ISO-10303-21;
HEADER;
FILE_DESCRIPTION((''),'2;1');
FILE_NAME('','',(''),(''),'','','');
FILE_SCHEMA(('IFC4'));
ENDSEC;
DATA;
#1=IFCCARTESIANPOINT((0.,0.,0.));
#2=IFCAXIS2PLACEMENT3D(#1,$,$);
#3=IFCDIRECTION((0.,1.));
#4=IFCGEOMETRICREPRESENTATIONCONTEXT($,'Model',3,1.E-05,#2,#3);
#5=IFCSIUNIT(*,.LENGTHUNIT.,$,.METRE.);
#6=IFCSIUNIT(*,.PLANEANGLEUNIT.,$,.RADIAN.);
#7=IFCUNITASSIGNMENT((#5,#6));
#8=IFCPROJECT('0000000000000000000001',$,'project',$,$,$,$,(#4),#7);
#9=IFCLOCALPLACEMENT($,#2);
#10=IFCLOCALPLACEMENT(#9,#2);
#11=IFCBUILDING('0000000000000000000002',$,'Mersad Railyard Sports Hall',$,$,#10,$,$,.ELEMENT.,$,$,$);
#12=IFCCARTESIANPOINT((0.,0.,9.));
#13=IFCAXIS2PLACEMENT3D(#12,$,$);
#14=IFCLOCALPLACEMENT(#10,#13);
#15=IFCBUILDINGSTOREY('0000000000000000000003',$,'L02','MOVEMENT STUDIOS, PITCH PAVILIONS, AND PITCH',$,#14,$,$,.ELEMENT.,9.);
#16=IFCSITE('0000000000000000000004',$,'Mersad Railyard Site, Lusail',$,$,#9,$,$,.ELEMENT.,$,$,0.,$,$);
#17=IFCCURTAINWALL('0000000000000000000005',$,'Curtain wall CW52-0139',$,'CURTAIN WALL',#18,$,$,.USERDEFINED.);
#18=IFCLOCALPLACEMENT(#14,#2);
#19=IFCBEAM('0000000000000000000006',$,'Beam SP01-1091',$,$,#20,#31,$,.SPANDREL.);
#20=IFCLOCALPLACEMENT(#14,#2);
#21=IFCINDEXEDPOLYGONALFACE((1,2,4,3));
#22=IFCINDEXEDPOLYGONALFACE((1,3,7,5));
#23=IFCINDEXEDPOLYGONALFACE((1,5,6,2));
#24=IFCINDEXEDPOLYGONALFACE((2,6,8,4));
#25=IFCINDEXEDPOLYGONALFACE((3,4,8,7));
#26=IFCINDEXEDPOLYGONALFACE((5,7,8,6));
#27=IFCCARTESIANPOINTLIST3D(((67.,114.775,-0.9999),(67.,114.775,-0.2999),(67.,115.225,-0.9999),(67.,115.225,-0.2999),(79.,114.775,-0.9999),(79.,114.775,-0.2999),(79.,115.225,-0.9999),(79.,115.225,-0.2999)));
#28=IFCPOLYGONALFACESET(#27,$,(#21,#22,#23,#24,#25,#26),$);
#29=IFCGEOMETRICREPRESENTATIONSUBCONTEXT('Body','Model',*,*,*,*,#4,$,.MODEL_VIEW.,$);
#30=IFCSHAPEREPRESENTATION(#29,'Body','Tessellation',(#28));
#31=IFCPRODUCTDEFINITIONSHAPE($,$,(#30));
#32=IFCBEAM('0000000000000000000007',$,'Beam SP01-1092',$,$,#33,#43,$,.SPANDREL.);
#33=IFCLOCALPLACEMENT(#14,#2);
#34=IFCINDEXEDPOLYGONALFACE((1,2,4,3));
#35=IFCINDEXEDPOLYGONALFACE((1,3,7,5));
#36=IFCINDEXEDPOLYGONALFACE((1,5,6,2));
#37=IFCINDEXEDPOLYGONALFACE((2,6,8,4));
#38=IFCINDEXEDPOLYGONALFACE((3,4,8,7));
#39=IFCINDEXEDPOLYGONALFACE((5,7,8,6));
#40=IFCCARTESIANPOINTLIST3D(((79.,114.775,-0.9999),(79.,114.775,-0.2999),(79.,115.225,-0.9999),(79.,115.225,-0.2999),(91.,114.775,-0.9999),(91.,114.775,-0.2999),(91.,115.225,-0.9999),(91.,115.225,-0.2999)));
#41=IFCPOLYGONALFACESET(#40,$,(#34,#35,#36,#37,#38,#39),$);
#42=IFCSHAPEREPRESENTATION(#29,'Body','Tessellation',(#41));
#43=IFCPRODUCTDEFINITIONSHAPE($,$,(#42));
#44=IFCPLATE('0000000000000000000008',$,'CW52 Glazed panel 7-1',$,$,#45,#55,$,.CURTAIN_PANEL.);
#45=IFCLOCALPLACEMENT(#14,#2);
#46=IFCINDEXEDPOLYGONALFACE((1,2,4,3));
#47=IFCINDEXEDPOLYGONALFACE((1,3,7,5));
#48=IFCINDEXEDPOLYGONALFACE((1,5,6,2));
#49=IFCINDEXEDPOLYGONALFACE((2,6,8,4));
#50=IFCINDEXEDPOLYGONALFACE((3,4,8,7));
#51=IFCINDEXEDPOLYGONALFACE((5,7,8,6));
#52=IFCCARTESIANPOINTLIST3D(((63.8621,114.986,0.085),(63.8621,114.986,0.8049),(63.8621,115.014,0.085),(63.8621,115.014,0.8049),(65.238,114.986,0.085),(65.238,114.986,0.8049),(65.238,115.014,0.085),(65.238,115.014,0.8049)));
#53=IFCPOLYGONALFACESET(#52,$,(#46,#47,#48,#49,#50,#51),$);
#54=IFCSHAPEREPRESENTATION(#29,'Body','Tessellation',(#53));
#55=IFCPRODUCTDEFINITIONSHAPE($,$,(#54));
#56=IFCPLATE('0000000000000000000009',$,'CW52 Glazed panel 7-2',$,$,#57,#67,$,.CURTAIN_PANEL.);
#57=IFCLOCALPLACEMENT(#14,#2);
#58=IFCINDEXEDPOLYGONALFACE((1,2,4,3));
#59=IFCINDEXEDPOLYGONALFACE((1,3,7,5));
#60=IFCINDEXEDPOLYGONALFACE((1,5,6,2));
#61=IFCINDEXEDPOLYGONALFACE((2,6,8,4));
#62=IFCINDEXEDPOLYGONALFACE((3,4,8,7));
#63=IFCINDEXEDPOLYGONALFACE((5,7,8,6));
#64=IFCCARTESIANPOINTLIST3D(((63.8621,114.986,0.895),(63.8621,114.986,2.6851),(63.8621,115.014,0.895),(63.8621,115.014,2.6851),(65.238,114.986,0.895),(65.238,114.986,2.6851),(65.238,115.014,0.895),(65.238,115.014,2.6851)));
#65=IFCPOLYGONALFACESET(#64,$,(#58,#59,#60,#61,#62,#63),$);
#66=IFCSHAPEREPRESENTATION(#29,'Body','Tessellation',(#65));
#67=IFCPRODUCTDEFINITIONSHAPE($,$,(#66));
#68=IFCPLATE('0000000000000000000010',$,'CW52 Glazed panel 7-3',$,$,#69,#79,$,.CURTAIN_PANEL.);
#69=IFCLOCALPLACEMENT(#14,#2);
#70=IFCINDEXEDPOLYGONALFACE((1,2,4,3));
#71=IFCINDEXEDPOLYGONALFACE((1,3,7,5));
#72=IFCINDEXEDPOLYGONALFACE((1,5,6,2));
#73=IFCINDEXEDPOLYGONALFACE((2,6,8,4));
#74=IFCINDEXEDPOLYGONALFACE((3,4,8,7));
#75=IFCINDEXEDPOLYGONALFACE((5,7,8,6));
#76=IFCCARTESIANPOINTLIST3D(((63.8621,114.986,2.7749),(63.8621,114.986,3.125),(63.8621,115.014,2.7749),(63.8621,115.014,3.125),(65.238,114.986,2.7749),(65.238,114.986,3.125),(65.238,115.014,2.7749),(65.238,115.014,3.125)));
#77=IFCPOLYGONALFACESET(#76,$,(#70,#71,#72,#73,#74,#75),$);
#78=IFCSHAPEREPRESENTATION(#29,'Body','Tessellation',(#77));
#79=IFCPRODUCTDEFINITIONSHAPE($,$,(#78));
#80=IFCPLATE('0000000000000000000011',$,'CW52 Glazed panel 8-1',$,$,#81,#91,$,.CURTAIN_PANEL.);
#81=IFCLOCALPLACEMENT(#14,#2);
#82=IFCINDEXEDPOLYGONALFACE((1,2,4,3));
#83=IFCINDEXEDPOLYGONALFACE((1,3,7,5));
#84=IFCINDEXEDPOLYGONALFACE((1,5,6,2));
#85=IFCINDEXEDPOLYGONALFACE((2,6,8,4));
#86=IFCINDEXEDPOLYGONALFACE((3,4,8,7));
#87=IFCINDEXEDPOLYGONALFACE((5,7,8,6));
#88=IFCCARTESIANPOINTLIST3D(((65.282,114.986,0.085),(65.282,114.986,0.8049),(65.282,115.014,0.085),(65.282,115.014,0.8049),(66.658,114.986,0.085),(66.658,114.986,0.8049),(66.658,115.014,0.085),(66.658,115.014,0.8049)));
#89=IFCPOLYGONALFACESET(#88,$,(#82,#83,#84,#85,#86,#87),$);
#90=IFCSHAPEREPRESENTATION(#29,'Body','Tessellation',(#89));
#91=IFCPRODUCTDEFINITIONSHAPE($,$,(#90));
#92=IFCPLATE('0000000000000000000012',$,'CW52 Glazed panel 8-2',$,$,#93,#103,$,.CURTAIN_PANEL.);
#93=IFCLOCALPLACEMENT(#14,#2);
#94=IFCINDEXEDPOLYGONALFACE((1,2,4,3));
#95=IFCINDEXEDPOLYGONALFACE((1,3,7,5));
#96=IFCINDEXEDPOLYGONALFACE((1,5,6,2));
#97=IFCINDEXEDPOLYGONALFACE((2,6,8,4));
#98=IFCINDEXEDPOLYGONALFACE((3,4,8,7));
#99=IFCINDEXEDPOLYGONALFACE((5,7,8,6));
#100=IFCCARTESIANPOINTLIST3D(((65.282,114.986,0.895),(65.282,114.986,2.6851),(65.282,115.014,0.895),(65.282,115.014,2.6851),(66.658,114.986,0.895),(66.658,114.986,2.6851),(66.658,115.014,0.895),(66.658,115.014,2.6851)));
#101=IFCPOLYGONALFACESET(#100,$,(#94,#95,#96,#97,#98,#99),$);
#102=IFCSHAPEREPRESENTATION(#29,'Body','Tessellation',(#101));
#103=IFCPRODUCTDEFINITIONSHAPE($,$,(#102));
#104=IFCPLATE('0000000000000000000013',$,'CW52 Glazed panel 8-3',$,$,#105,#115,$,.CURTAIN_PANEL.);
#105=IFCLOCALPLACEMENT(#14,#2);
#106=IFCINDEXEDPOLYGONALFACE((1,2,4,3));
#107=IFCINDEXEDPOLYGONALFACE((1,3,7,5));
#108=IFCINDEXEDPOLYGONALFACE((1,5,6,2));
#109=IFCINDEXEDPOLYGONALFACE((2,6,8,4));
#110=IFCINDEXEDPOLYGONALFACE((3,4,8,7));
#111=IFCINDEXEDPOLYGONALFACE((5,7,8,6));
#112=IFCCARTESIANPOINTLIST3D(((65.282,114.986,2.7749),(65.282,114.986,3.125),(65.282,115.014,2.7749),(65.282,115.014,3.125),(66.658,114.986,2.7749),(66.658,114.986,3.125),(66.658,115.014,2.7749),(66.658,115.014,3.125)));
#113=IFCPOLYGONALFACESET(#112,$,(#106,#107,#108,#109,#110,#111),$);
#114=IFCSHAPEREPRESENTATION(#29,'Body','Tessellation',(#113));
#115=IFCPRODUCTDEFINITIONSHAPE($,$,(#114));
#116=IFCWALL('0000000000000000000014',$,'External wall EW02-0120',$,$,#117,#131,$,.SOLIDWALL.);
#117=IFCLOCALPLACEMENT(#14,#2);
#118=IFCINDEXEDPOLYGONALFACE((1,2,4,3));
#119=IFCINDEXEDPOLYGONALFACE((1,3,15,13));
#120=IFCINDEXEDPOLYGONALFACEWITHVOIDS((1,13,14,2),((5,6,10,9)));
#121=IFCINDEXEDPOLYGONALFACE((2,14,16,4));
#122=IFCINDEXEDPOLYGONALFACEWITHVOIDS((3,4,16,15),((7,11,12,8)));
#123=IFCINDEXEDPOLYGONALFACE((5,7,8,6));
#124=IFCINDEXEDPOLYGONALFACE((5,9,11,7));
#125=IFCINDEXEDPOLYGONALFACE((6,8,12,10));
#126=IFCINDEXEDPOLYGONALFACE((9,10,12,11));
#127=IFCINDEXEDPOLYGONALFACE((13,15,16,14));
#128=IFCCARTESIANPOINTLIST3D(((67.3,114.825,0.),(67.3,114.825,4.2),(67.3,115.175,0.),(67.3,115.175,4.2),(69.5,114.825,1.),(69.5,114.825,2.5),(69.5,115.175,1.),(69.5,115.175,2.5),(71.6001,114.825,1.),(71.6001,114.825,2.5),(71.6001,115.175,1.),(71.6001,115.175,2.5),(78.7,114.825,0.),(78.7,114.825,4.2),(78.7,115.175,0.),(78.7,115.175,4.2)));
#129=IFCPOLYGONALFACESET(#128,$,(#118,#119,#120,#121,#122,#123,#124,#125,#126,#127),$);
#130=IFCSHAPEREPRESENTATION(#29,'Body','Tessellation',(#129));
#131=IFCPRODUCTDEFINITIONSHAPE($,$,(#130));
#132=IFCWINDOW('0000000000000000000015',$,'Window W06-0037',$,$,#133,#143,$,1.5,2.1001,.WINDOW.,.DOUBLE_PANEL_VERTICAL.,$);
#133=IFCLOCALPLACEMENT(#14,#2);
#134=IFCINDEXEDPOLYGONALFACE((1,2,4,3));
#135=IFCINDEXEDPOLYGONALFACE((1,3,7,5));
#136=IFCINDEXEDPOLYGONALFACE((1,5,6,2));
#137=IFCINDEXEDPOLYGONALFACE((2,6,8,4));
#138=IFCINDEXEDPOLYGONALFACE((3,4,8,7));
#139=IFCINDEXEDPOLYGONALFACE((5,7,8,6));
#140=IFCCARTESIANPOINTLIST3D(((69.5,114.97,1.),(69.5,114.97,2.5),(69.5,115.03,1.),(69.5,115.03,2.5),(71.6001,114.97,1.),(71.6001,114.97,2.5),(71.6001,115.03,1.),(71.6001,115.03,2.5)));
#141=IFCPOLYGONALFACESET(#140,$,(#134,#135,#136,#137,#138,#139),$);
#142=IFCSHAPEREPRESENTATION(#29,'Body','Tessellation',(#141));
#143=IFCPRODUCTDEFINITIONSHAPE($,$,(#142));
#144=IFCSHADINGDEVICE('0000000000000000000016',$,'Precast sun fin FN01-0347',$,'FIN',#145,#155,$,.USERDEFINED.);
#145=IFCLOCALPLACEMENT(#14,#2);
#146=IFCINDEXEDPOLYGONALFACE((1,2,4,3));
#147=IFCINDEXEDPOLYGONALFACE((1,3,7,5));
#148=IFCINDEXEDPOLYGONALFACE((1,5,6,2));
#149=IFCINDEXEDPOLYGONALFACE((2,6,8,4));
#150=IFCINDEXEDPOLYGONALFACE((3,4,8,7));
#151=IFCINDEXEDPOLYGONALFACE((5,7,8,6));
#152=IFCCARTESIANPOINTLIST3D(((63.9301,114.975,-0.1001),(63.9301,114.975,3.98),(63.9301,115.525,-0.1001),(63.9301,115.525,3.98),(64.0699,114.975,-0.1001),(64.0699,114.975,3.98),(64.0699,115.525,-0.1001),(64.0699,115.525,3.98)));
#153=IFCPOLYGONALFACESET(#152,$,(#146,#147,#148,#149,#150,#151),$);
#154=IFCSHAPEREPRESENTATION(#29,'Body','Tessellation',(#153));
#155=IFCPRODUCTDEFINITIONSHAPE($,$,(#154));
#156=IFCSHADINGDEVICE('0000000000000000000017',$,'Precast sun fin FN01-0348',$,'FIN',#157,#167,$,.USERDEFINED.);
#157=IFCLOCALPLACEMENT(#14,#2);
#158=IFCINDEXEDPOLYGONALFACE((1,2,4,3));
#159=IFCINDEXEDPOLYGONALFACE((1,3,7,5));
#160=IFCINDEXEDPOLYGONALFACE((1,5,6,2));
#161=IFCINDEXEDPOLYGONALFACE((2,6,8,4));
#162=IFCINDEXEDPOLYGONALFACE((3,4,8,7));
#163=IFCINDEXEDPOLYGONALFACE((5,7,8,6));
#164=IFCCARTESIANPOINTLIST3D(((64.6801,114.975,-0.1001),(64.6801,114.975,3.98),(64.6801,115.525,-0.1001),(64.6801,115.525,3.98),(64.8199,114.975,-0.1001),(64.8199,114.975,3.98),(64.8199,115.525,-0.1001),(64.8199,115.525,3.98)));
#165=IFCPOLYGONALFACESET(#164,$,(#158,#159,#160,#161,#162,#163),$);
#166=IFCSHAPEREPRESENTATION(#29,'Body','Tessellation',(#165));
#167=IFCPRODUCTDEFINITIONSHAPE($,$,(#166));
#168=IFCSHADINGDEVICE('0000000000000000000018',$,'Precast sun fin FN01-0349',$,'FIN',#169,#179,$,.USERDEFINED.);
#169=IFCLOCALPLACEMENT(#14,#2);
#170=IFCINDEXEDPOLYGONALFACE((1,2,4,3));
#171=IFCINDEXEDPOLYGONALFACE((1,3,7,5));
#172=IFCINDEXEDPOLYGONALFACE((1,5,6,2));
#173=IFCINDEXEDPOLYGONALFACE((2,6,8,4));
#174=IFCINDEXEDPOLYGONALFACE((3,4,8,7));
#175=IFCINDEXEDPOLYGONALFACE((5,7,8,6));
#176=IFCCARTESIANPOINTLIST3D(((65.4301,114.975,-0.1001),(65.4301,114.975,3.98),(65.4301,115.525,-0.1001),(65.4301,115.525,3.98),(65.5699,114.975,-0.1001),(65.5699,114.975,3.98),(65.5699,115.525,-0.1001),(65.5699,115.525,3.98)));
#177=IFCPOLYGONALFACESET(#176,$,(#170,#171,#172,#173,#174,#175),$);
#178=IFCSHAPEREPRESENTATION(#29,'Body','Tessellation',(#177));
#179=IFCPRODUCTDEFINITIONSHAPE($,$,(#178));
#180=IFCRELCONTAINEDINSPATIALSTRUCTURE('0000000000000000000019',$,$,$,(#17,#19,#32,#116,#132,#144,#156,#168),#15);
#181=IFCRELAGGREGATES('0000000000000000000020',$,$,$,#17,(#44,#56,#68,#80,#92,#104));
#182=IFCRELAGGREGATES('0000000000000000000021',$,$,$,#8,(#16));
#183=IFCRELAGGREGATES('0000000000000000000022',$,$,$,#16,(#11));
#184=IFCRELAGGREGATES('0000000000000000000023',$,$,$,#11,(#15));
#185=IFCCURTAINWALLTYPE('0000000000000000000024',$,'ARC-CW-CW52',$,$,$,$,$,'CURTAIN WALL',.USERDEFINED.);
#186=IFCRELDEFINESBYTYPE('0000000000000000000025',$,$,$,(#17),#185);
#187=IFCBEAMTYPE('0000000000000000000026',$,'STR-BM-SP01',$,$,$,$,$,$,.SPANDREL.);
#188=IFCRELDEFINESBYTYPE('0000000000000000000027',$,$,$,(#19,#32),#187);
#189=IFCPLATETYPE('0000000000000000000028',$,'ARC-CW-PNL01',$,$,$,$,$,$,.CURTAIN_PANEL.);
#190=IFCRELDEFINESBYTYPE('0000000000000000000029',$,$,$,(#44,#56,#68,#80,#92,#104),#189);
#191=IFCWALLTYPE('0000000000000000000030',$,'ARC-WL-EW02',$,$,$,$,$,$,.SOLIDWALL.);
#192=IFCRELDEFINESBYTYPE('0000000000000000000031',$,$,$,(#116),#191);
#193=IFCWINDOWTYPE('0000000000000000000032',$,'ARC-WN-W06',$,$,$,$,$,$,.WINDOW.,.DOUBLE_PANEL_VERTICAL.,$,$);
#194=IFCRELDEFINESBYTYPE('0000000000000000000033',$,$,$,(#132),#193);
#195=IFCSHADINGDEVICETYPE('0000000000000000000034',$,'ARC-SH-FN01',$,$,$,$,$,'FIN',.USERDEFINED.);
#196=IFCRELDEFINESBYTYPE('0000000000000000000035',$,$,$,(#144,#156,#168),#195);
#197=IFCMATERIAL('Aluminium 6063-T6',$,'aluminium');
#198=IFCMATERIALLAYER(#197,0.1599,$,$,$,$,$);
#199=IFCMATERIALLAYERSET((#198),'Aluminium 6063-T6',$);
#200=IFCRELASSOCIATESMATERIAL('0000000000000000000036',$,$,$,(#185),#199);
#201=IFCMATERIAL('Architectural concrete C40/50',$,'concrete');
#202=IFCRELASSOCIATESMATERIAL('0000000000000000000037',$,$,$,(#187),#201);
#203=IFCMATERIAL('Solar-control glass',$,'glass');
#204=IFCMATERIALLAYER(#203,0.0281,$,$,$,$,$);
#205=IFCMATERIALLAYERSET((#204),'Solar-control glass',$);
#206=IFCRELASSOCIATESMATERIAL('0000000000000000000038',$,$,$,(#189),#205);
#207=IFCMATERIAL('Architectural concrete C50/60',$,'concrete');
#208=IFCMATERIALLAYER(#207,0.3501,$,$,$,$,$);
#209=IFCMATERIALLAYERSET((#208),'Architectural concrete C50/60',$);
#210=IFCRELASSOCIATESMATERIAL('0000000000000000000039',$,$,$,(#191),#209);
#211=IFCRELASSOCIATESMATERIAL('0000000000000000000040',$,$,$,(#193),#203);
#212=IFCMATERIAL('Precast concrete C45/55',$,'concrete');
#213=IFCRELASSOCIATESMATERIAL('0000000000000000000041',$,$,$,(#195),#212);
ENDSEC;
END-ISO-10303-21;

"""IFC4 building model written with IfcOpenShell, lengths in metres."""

from ifc_helpers import new_model, si_unit, direction, frame, frame_2d, origin, origin_2d, place, context, subcontext, project, spatial, rectangle, extrude, material, layer, layer_set, material_profile, profile_set, type_object, element, fill, aggregate, save


model = new_model("IFC4")

# Units and contexts
model_context = context("Model", 3, precision=1e-05, world=origin(), true_north=direction((0.0, 1.0)))
body_context = subcontext(model_context, "Body", "Model", "MODEL_VIEW")
ifc_project = project(units=[si_unit("LENGTHUNIT", "METRE"), si_unit("PLANEANGLEUNIT", "RADIAN")], contexts=[model_context])

# Site, building, storey
site_placement = place(None, origin())
site = spatial("IfcSite", under=ifc_project, at=site_placement, Name="Mersad Railyard Site, Lusail", CompositionType="ELEMENT", RefElevation=0.0)
building_placement = place(site_placement, origin())
building = spatial("IfcBuilding", under=site, at=building_placement, Name="Mersad Railyard Sports Hall", CompositionType="ELEMENT")
storey_placement = place(building_placement, frame((0.0, 0.0, 9.0)))
storey = spatial("IfcBuildingStorey", under=building, at=storey_placement, Name="L02", Description="MOVEMENT STUDIOS, PITCH PAVILIONS, AND PITCH", CompositionType="ELEMENT", Elevation=9.0)

# Curtain wall
ifc_material_1 = material(Name="Aluminium 6063-T6", Category="aluminium")
ifc_layer_1 = layer(ifc_material_1, 0.1599)
ifc_layer_set_1 = layer_set([ifc_layer_1], Name="Aluminium 6063-T6")
curtain_wall_type = type_object("IfcCurtainWallType", Name="ARC-CW-CW52", ElementType="CURTAIN WALL", PredefinedType="USERDEFINED", material=ifc_layer_set_1)
curtain_wall_1_placement = place(storey_placement, origin())
curtain_wall_1 = element("IfcCurtainWall", 1, at=curtain_wall_1_placement, inside=storey, type_object=curtain_wall_type, Name="Curtain wall CW52-0139", ObjectType="CURTAIN WALL", PredefinedType="USERDEFINED")

# Beams
ifc_material_2 = material(Name="Architectural concrete C40/50", Category="concrete")
ifc_material_profile_1 = material_profile(ifc_material_2, rectangle(XDim=0.45, YDim=0.7, at=origin_2d()), Name="RC 450x700")
ifc_profile_set_1 = profile_set([ifc_material_profile_1], Name="Architectural concrete C40/50")
beam_type = type_object("IfcBeamType", Name="STR-BM-SP01", PredefinedType="SPANDREL", material=ifc_profile_set_1)
for number, where, z_axis, x_axis, name in (
    (2, (67.0, 115.0, -0.6499), (1.0, 0.0, 0.0), (0.0, 1.0, 0.0), "Beam SP01-1091"),
    (3, (79.0, 115.0, -0.6499), (1.0, 0.0, 0.0), (0.0, 1.0, 0.0), "Beam SP01-1092"),
):
    element("IfcBeam", number, at=place(storey_placement, frame(where, z_axis=z_axis, x_axis=x_axis)), inside=storey, type_object=beam_type, Name=name, PredefinedType="SPANDREL", context=body_context, shape_type="SweptSolid", body=[
        extrude(rectangle(XDim=0.45, YDim=0.7, at=origin_2d()), origin(), (0.0, 0.0, 1.0), 12.0),
    ])

# Plates
ifc_material_3 = material(Name="Solar-control glass", Category="glass")
ifc_layer_2 = layer(ifc_material_3, 0.0281)
ifc_layer_set_2 = layer_set([ifc_layer_2], Name="Solar-control glass")
plate_type = type_object("IfcPlateType", Name="ARC-CW-PNL01", PredefinedType="CURTAIN_PANEL", material=ifc_layer_set_2)
plate_1_placement = place(storey_placement, frame((64.55, 115.0, 0.085), z_axis=(0.0, 0.0, 1.0), x_axis=(1.0, 0.0, 0.0)))
plate_1 = element("IfcPlate", 4, at=plate_1_placement, type_object=plate_type, Name="CW52 Glazed panel 7-1", PredefinedType="CURTAIN_PANEL", context=body_context, shape_type="SweptSolid", body=[
    extrude(rectangle(XDim=1.376, YDim=0.0281, at=origin_2d()), origin(), (0.0, 0.0, 1.0), 0.72),
])
plate_2_placement = place(storey_placement, frame((64.55, 115.0, 0.895), z_axis=(0.0, 0.0, 1.0), x_axis=(1.0, 0.0, 0.0)))
plate_2 = element("IfcPlate", 5, at=plate_2_placement, type_object=plate_type, Name="CW52 Glazed panel 7-2", PredefinedType="CURTAIN_PANEL", context=body_context, shape_type="SweptSolid", body=[
    extrude(rectangle(XDim=1.376, YDim=0.0281, at=origin_2d()), origin(), (0.0, 0.0, 1.0), 1.79),
])
plate_3_placement = place(storey_placement, frame((64.55, 115.0, 2.7749), z_axis=(0.0, 0.0, 1.0), x_axis=(1.0, 0.0, 0.0)))
plate_3 = element("IfcPlate", 6, at=plate_3_placement, type_object=plate_type, Name="CW52 Glazed panel 7-3", PredefinedType="CURTAIN_PANEL", context=body_context, shape_type="SweptSolid", body=[
    extrude(rectangle(XDim=1.376, YDim=0.0281, at=origin_2d()), origin(), (0.0, 0.0, 1.0), 0.3501),
])
plate_4_placement = place(storey_placement, frame((65.97, 115.0, 0.085), z_axis=(0.0, 0.0, 1.0), x_axis=(1.0, 0.0, 0.0)))
plate_4 = element("IfcPlate", 7, at=plate_4_placement, type_object=plate_type, Name="CW52 Glazed panel 8-1", PredefinedType="CURTAIN_PANEL", context=body_context, shape_type="SweptSolid", body=[
    extrude(rectangle(XDim=1.376, YDim=0.0281, at=origin_2d()), origin(), (0.0, 0.0, 1.0), 0.72),
])
plate_5_placement = place(storey_placement, frame((65.97, 115.0, 0.895), z_axis=(0.0, 0.0, 1.0), x_axis=(1.0, 0.0, 0.0)))
plate_5 = element("IfcPlate", 8, at=plate_5_placement, type_object=plate_type, Name="CW52 Glazed panel 8-2", PredefinedType="CURTAIN_PANEL", context=body_context, shape_type="SweptSolid", body=[
    extrude(rectangle(XDim=1.376, YDim=0.0281, at=origin_2d()), origin(), (0.0, 0.0, 1.0), 1.79),
])
plate_6_placement = place(storey_placement, frame((65.97, 115.0, 2.7749), z_axis=(0.0, 0.0, 1.0), x_axis=(1.0, 0.0, 0.0)))
plate_6 = element("IfcPlate", 9, at=plate_6_placement, type_object=plate_type, Name="CW52 Glazed panel 8-3", PredefinedType="CURTAIN_PANEL", context=body_context, shape_type="SweptSolid", body=[
    extrude(rectangle(XDim=1.376, YDim=0.0281, at=origin_2d()), origin(), (0.0, 0.0, 1.0), 0.3501),
])
aggregate(curtain_wall_1, [plate_1, plate_2, plate_3, plate_4, plate_5, plate_6])

# Wall, opening, window
ifc_material_4 = material(Name="Architectural concrete C50/60", Category="concrete")
ifc_layer_3 = layer(ifc_material_4, 0.3501)
ifc_layer_set_3 = layer_set([ifc_layer_3], Name="Architectural concrete C50/60")
wall_type = type_object("IfcWallType", Name="ARC-WL-EW02", PredefinedType="SOLIDWALL", material=ifc_layer_set_3)
wall_placement = place(storey_placement, frame((67.3, 115.0, 0.0), z_axis=(0.0, 0.0, 1.0), x_axis=(1.0, 0.0, 0.0)))
wall = element("IfcWall", 10, at=wall_placement, inside=storey, type_object=wall_type, Name="External wall EW02-0120", PredefinedType="SOLIDWALL", context=body_context, shape_type="SweptSolid", body=[
    extrude(rectangle(XDim=11.3999, YDim=0.3501, at=frame_2d((5.7, 0.0))), origin(), (0.0, 0.0, 1.0), 4.2),
])
opening_placement = place(wall_placement, frame((2.2, 0.0, 1.0)))
opening = element("IfcOpeningElement", 11, at=opening_placement, cuts=wall, PredefinedType="OPENING", context=body_context, shape_type="SweptSolid", body=[
    extrude(rectangle(XDim=2.1001, YDim=1.5, at=frame_2d((1.05, 0.75))), frame((0.0, 0.1851, 0.0), z_axis=(0.0, -1.0, 0.0), x_axis=(1.0, 0.0, 0.0)), (0.0, 0.0, 1.0), 0.3701),
])
window_type = type_object("IfcWindowType", Name="ARC-WN-W06", PartitioningType="DOUBLE_PANEL_VERTICAL", PredefinedType="WINDOW", material=ifc_material_3)
window_placement = place(opening_placement, origin())
window = element("IfcWindow", 12, at=window_placement, inside=storey, type_object=window_type, Name="Window W06-0037", OverallHeight=1.5, OverallWidth=2.1001, PartitioningType="DOUBLE_PANEL_VERTICAL", PredefinedType="WINDOW", context=body_context, shape_type="SweptSolid", body=[
    extrude(rectangle(XDim=2.1001, YDim=1.5, at=frame_2d((1.05, 0.75))), frame((0.0, 0.03, 0.0), z_axis=(0.0, -1.0, 0.0), x_axis=(1.0, 0.0, 0.0)), (0.0, 0.0, 1.0), 0.0601),
])
fill(opening, window)

# Shading devices
ifc_material_5 = material(Name="Precast concrete C45/55", Category="concrete")
shading_device_type = type_object("IfcShadingDeviceType", Name="ARC-SH-FN01", ElementType="FIN", PredefinedType="USERDEFINED", material=ifc_material_5)
for number, where, z_axis, x_axis, name in (
    (13, (64.0, 115.25, -0.1001), (0.0, 0.0, 1.0), (1.0, 0.0, 0.0), "Precast sun fin FN01-0347"),
    (14, (64.75, 115.25, -0.1001), (0.0, 0.0, 1.0), (1.0, 0.0, 0.0), "Precast sun fin FN01-0348"),
    (15, (65.5, 115.25, -0.1001), (0.0, 0.0, 1.0), (1.0, 0.0, 0.0), "Precast sun fin FN01-0349"),
):
    element("IfcShadingDevice", number, at=place(storey_placement, frame(where, z_axis=z_axis, x_axis=x_axis)), inside=storey, type_object=shading_device_type, Name=name, ObjectType="FIN", PredefinedType="USERDEFINED", context=body_context, shape_type="SweptSolid", body=[
        extrude(rectangle(XDim=0.1399, YDim=0.55, at=origin_2d()), origin(), (0.0, 0.0, 1.0), 4.0801),
    ])

save(model, "model.ifc")
